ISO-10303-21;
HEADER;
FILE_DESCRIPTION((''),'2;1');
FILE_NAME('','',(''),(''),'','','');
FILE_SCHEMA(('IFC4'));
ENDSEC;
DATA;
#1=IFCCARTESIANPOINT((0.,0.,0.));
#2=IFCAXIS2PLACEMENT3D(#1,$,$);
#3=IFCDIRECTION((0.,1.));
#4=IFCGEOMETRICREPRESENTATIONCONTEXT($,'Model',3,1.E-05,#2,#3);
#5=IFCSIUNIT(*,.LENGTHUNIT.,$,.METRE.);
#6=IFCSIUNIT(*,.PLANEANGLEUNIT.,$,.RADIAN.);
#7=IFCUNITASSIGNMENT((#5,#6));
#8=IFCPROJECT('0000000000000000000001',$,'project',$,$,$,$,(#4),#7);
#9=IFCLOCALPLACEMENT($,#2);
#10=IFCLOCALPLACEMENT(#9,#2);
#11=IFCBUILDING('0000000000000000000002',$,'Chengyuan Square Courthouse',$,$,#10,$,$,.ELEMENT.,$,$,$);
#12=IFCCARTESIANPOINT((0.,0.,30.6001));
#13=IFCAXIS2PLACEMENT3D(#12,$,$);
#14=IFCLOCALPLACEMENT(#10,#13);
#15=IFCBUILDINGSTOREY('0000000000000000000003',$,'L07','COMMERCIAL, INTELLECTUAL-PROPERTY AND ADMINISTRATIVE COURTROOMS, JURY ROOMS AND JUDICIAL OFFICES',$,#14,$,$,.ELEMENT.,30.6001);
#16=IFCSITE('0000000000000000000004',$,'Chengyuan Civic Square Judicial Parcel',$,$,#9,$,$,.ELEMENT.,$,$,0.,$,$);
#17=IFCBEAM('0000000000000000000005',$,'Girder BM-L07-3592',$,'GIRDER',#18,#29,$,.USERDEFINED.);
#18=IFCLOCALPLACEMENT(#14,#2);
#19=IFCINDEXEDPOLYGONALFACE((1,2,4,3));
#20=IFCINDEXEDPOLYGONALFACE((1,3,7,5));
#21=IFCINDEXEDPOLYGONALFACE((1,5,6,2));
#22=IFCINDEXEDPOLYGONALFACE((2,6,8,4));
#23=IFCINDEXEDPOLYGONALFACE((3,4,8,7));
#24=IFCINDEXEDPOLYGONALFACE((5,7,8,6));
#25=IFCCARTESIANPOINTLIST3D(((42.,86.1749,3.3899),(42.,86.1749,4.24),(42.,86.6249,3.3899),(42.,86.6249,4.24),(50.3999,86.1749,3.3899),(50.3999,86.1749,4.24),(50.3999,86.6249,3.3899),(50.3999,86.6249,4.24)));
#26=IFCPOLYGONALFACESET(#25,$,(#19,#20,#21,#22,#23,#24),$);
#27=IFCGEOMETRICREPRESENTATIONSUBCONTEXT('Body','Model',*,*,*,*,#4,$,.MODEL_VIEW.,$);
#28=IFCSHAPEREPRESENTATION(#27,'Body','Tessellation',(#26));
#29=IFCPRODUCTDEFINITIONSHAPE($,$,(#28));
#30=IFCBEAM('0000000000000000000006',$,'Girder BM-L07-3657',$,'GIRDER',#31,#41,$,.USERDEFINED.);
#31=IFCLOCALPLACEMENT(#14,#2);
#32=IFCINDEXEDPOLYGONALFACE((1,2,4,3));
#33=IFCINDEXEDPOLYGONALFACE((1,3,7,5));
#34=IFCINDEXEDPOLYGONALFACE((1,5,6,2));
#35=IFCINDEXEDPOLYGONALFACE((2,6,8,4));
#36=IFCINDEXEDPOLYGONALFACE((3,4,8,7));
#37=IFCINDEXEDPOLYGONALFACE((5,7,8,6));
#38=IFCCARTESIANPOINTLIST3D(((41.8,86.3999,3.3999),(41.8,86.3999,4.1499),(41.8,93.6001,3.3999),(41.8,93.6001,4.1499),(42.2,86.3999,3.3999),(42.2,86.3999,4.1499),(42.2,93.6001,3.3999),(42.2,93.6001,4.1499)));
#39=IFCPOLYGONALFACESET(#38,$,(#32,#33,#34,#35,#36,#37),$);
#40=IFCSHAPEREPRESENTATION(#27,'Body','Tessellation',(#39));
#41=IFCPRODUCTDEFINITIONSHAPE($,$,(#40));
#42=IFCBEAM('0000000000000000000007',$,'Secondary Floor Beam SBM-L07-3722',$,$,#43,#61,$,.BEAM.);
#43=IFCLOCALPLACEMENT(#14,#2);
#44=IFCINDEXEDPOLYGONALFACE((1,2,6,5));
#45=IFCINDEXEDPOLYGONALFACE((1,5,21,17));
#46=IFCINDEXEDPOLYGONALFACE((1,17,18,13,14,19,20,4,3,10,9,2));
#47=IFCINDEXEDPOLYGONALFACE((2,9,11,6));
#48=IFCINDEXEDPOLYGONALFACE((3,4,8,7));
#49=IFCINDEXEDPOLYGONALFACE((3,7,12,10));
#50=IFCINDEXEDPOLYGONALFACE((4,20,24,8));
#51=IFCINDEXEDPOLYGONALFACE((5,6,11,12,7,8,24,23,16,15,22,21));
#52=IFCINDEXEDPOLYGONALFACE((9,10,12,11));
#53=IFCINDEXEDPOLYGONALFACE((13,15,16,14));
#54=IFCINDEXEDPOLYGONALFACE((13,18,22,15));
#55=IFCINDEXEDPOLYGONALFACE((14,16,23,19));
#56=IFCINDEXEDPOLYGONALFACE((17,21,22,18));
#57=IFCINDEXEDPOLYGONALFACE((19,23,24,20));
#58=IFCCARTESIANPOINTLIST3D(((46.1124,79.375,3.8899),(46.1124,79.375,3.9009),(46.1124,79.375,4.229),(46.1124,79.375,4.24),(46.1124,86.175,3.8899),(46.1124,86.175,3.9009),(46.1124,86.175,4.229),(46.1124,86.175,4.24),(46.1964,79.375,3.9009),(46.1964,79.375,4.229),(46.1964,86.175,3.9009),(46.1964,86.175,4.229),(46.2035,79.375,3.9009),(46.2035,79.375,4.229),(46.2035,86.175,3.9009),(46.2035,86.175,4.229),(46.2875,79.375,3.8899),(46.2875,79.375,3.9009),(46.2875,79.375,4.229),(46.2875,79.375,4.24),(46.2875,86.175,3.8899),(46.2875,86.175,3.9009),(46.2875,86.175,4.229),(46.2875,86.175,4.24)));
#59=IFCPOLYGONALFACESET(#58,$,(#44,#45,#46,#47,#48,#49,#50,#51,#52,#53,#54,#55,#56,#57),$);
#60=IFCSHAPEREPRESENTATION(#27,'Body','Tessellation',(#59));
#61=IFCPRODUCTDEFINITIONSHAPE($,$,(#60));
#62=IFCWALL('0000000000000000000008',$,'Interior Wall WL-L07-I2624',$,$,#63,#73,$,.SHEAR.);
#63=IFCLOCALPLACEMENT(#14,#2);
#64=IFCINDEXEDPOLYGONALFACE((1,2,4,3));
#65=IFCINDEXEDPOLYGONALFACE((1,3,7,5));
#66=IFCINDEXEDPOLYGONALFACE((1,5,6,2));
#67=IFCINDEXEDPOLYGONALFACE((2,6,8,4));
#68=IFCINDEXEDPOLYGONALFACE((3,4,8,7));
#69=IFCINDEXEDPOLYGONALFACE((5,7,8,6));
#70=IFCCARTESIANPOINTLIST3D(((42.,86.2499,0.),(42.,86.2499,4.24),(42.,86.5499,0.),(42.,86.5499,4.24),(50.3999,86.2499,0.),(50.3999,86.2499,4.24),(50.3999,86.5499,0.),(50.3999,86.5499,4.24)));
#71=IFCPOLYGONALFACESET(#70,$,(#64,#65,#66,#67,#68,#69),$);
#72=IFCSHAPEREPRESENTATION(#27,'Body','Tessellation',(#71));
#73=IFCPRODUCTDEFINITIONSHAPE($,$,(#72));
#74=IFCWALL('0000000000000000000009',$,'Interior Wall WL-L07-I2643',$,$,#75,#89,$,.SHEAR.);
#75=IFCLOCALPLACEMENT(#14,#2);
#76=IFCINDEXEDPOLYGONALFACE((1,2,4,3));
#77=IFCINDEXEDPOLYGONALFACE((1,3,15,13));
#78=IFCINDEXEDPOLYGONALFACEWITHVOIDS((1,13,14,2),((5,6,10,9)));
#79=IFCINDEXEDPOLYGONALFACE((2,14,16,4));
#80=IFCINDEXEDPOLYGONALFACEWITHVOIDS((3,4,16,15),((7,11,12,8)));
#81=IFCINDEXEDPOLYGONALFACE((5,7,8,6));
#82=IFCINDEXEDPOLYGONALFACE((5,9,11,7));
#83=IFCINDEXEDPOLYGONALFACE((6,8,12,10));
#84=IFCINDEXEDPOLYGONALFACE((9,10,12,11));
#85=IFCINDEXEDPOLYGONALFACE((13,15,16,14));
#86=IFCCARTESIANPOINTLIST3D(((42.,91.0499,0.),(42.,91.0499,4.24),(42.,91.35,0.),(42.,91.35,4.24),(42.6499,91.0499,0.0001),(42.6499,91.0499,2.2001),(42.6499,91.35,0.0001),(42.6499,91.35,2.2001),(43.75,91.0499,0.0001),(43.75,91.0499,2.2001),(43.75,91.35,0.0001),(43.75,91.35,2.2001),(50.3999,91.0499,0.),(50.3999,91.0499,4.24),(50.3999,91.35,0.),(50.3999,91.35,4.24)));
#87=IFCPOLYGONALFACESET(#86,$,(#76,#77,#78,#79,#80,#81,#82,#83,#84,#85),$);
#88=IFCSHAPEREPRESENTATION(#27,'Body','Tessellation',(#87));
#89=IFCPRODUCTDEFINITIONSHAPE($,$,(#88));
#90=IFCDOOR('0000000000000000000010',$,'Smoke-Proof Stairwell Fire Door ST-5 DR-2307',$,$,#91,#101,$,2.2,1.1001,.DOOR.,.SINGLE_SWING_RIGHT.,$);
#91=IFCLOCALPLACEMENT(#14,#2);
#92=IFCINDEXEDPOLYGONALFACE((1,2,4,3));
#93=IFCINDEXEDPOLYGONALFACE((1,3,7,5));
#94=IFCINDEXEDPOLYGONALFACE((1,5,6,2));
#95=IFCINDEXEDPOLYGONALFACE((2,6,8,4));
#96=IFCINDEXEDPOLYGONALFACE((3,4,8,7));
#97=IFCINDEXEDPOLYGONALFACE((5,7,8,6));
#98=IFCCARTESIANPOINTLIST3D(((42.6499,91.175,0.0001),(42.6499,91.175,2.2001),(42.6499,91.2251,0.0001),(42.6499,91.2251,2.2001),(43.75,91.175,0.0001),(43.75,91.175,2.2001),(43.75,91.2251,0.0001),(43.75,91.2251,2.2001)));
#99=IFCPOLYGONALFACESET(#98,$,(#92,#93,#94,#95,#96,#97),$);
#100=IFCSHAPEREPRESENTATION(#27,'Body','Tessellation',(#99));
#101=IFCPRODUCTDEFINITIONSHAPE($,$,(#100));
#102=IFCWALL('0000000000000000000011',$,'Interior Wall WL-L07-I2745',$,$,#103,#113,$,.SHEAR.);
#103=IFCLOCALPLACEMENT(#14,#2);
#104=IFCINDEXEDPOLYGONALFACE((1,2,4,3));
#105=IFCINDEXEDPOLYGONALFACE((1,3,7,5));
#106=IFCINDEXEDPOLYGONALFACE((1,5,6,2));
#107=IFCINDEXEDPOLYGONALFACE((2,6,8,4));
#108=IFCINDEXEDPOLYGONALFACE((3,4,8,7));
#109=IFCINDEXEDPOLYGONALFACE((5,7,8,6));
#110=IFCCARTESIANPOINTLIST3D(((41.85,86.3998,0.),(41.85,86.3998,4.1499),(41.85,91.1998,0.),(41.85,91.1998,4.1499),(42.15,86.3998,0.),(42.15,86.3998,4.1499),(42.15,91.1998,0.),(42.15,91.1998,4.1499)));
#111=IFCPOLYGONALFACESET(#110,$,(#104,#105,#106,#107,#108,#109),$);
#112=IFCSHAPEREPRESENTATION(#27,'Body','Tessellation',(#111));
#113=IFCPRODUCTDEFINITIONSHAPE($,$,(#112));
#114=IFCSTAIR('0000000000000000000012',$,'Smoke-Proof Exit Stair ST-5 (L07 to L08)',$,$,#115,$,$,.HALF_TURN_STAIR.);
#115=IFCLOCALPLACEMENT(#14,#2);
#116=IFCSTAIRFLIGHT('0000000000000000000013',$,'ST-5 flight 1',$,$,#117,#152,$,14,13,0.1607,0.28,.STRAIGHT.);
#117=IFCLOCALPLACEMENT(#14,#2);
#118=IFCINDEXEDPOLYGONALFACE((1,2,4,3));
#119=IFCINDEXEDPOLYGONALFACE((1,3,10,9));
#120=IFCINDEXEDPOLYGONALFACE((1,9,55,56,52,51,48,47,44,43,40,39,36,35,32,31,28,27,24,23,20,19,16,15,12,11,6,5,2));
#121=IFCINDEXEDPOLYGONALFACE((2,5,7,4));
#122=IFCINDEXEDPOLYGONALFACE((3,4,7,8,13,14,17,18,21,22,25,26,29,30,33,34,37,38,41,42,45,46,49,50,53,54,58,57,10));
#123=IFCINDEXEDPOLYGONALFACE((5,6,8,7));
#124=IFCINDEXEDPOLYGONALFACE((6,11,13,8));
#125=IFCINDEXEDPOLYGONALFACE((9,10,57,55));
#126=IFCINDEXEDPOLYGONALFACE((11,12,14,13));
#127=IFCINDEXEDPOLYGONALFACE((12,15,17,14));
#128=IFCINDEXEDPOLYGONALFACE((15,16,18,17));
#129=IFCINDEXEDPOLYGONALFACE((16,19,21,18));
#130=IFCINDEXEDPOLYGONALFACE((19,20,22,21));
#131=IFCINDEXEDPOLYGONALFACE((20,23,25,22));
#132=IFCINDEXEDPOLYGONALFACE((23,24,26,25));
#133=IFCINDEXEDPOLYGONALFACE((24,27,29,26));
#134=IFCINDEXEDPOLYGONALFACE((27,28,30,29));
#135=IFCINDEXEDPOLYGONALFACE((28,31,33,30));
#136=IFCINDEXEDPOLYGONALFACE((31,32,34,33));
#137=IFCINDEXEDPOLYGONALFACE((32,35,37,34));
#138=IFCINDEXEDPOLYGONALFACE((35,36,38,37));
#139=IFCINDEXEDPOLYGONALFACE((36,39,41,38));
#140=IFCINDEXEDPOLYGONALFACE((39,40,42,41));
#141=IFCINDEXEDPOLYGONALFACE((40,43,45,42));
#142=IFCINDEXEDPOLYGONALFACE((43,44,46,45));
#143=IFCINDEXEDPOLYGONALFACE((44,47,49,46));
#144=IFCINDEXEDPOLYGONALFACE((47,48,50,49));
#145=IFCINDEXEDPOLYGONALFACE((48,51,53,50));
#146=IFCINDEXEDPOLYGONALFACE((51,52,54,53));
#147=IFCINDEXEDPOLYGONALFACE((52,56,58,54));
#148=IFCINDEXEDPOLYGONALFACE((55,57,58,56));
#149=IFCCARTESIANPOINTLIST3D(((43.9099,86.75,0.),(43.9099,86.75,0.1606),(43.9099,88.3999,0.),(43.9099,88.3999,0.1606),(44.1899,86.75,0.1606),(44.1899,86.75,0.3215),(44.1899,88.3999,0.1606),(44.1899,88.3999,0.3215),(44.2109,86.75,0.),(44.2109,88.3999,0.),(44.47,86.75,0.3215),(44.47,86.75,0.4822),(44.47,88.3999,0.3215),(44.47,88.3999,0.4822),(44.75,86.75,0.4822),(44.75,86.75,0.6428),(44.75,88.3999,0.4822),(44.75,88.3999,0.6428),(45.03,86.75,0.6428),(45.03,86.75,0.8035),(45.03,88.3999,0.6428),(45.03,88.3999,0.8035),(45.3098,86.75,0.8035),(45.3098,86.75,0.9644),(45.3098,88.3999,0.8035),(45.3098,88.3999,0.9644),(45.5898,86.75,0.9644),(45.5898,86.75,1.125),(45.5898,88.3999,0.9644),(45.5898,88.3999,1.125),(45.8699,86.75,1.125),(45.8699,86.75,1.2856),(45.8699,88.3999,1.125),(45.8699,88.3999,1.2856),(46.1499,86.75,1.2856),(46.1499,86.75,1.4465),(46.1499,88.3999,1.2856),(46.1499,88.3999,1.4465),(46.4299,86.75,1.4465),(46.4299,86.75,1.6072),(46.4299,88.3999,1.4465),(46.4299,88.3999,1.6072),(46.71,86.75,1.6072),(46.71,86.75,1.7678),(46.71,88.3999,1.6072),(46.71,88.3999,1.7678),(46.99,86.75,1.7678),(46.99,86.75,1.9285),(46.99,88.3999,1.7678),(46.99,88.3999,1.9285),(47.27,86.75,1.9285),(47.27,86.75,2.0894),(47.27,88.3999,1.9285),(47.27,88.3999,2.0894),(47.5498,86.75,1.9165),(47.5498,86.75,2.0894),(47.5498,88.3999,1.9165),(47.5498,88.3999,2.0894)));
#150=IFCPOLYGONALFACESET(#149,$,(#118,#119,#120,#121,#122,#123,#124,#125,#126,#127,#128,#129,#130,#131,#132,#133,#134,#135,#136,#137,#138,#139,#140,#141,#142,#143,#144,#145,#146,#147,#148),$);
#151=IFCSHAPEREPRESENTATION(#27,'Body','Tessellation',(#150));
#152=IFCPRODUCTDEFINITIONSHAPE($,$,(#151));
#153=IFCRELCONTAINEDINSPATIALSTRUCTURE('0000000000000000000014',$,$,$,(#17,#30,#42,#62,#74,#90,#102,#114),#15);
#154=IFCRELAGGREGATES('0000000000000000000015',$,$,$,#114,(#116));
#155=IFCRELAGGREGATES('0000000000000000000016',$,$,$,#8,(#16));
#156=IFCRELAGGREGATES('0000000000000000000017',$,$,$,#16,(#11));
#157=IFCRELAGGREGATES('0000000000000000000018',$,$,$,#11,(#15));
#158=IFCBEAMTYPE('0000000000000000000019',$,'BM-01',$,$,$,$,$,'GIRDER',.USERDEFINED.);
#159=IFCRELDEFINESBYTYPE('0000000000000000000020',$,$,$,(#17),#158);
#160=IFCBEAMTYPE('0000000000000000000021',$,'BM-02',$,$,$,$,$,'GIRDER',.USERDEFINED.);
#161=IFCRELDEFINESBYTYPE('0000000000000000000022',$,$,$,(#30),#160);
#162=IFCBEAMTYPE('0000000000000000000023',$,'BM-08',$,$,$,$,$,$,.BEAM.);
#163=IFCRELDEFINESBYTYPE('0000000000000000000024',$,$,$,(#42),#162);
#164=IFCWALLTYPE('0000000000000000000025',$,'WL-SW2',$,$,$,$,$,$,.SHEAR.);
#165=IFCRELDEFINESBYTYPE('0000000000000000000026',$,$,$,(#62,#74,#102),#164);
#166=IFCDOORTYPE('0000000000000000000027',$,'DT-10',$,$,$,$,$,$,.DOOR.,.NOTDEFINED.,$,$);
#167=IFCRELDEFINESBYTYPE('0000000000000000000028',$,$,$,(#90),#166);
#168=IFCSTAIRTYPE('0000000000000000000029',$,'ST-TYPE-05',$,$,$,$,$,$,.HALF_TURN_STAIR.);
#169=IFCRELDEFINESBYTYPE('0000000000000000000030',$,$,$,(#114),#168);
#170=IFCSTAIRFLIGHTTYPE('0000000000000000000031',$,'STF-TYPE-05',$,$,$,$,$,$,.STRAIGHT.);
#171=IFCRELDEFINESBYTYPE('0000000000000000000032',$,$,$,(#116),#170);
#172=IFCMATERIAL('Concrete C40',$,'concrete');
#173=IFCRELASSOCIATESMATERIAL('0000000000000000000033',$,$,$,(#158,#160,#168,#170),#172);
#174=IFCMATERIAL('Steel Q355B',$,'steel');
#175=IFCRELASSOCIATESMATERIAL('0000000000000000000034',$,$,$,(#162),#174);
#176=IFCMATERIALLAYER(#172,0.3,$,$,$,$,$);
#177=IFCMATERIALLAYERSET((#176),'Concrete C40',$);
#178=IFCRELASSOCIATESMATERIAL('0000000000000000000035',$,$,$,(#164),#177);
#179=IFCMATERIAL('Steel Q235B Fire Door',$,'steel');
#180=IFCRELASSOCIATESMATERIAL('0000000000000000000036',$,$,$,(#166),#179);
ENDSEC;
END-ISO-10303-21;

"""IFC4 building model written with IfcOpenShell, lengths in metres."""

from ifc_helpers import new_model, si_unit, direction, frame, frame_2d, origin, origin_2d, place, context, subcontext, project, spatial, polyline, rectangle, i_section, outline, extrude, material, layer, layer_set, material_profile, profile_set, type_object, element, fill, aggregate, save


model = new_model("IFC4")

# Units and contexts
model_context = context("Model", 3, precision=1e-05, world=origin(), true_north=direction((0.0, 1.0)))
body_context = subcontext(model_context, "Body", "Model", "MODEL_VIEW")
ifc_project = project(units=[si_unit("LENGTHUNIT", "METRE"), si_unit("PLANEANGLEUNIT", "RADIAN")], contexts=[model_context])

# Site, building, storey
site_placement = place(None, origin())
site = spatial("IfcSite", under=ifc_project, at=site_placement, Name="Chengyuan Civic Square Judicial Parcel", CompositionType="ELEMENT", RefElevation=0.0)
building_placement = place(site_placement, origin())
building = spatial("IfcBuilding", under=site, at=building_placement, Name="Chengyuan Square Courthouse", CompositionType="ELEMENT")
storey_placement = place(building_placement, frame((0.0, 0.0, 30.6001)))
storey = spatial("IfcBuildingStorey", under=building, at=storey_placement, Name="L07", Description="COMMERCIAL, INTELLECTUAL-PROPERTY AND ADMINISTRATIVE COURTROOMS, JURY ROOMS AND JUDICIAL OFFICES", CompositionType="ELEMENT", Elevation=30.6001)

# Beams
ifc_material_1 = material(Name="Concrete C40", Category="concrete")
ifc_material_profile_1 = material_profile(ifc_material_1, rectangle(XDim=0.45, YDim=0.8501, at=origin_2d()), Name="RC-BM-450x850")
ifc_profile_set_1 = profile_set([ifc_material_profile_1], Name="Concrete C40")
beam_type_1 = type_object("IfcBeamType", Name="BM-01", ElementType="GIRDER", PredefinedType="USERDEFINED", material=ifc_profile_set_1)
beam_1_placement = place(storey_placement, frame((42.0, 86.3999, 3.8149), z_axis=(1.0, 0.0, 0.0), x_axis=(0.0, 1.0, 0.0)))
element("IfcBeam", 1, at=beam_1_placement, inside=storey, type_object=beam_type_1, Name="Girder BM-L07-3592", ObjectType="GIRDER", PredefinedType="USERDEFINED", context=body_context, shape_type="SweptSolid", body=[
    extrude(rectangle(XDim=0.45, YDim=0.8501, at=origin_2d()), origin(), (0.0, 0.0, 1.0), 8.3999),
])
ifc_material_profile_2 = material_profile(ifc_material_1, rectangle(XDim=0.3999, YDim=0.75, at=origin_2d()), Name="RC-BM-400x750")
ifc_profile_set_2 = profile_set([ifc_material_profile_2], Name="Concrete C40")
beam_type_2 = type_object("IfcBeamType", Name="BM-02", ElementType="GIRDER", PredefinedType="USERDEFINED", material=ifc_profile_set_2)
beam_2_placement = place(storey_placement, frame((42.0, 86.3999, 3.7749), z_axis=(0.0, 1.0, 0.0), x_axis=(-1.0, 0.0, 0.0)))
element("IfcBeam", 2, at=beam_2_placement, inside=storey, type_object=beam_type_2, Name="Girder BM-L07-3657", ObjectType="GIRDER", PredefinedType="USERDEFINED", context=body_context, shape_type="SweptSolid", body=[
    extrude(rectangle(XDim=0.3999, YDim=0.75, at=origin_2d()), origin(), (0.0, 0.0, 1.0), 7.2002),
])
ifc_material_2 = material(Name="Steel Q355B", Category="steel")
ifc_material_profile_3 = material_profile(ifc_material_2, i_section(OverallWidth=0.175, OverallDepth=0.3501, WebThickness=0.0071, FlangeThickness=0.011, at=origin_2d()), Name="HN 350x175x7x11")
ifc_profile_set_3 = profile_set([ifc_material_profile_3], Name="Steel Q355B")
beam_type_3 = type_object("IfcBeamType", Name="BM-08", PredefinedType="BEAM", material=ifc_profile_set_3)
beam_3_placement = place(storey_placement, frame((46.2, 79.375, 4.0649), z_axis=(0.0, 1.0, 0.0), x_axis=(-1.0, 0.0, 0.0)))
element("IfcBeam", 3, at=beam_3_placement, inside=storey, type_object=beam_type_3, Name="Secondary Floor Beam SBM-L07-3722", PredefinedType="BEAM", context=body_context, shape_type="SweptSolid", body=[
    extrude(i_section(OverallWidth=0.175, OverallDepth=0.3501, WebThickness=0.0071, FlangeThickness=0.011, at=origin_2d()), origin(), (0.0, 0.0, 1.0), 6.8),
])

# Wall
ifc_layer = layer(ifc_material_1, 0.3)
ifc_layer_set = layer_set([ifc_layer], Name="Concrete C40")
wall_type = type_object("IfcWallType", Name="WL-SW2", PredefinedType="SHEAR", material=ifc_layer_set)
wall_1_placement = place(storey_placement, frame((42.0, 86.3999, 0.0), z_axis=(0.0, 0.0, 1.0), x_axis=(1.0, 0.0, 0.0)))
element("IfcWall", 4, at=wall_1_placement, inside=storey, type_object=wall_type, Name="Interior Wall WL-L07-I2624", PredefinedType="SHEAR", context=body_context, shape_type="SweptSolid", body=[
    extrude(rectangle(XDim=8.3999, YDim=0.3, at=frame_2d((4.2, 0.0))), origin(), (0.0, 0.0, 1.0), 4.24),
])

# Wall, opening, door
wall_2_placement = place(storey_placement, frame((42.0, 91.2, 0.0), z_axis=(0.0, 0.0, 1.0), x_axis=(1.0, 0.0, 0.0)))
wall_2 = element("IfcWall", 5, at=wall_2_placement, inside=storey, type_object=wall_type, Name="Interior Wall WL-L07-I2643", PredefinedType="SHEAR", context=body_context, shape_type="SweptSolid", body=[
    extrude(rectangle(XDim=8.3999, YDim=0.3, at=frame_2d((4.2, 0.0))), origin(), (0.0, 0.0, 1.0), 4.24),
])
opening_placement = place(wall_2_placement, frame((0.6499, 0.0, 0.0)))
opening = element("IfcOpeningElement", 6, at=opening_placement, cuts=wall_2, PredefinedType="OPENING", context=body_context, shape_type="SweptSolid", body=[
    extrude(rectangle(XDim=1.1001, YDim=2.2, at=frame_2d((0.55, 1.1001))), frame((0.0, 0.1621, 0.0), z_axis=(0.0, -1.0, 0.0), x_axis=(1.0, 0.0, 0.0)), (0.0, 0.0, 1.0), 0.324),
])
ifc_material_3 = material(Name="Steel Q235B Fire Door", Category="steel")
door_type = type_object("IfcDoorType", Name="DT-10", OperationType="NOTDEFINED", PredefinedType="DOOR", material=ifc_material_3)
door_placement = place(opening_placement, frame((1.1001, 0.0, 0.0), z_axis=(0.0, 0.0, 1.0), x_axis=(-1.0, 0.0, 0.0)))
door = element("IfcDoor", 7, at=door_placement, inside=storey, type_object=door_type, Name="Smoke-Proof Stairwell Fire Door ST-5 DR-2307", OperationType="SINGLE_SWING_RIGHT", OverallHeight=2.2, OverallWidth=1.1001, PredefinedType="DOOR", context=body_context, shape_type="SweptSolid", body=[
    extrude(rectangle(XDim=1.1001, YDim=2.2, at=frame_2d((0.55, 1.1001))), frame((0.0, 0.0249, 0.0), z_axis=(0.0, -1.0, 0.0), x_axis=(1.0, 0.0, 0.0)), (0.0, 0.0, 1.0), 0.05),
])
fill(opening, door)

# Wall
wall_3_placement = place(storey_placement, frame((42.0, 86.3999, 0.0), z_axis=(0.0, 0.0, 1.0), x_axis=(0.0, 1.0, 0.0)))
element("IfcWall", 8, at=wall_3_placement, inside=storey, type_object=wall_type, Name="Interior Wall WL-L07-I2745", PredefinedType="SHEAR", context=body_context, shape_type="SweptSolid", body=[
    extrude(rectangle(XDim=4.8, YDim=0.3, at=frame_2d((2.3999, 0.0))), origin(), (0.0, 0.0, 1.0), 4.1499),
])

# Stair, stair flight
stair_type = type_object("IfcStairType", Name="ST-TYPE-05", PredefinedType="HALF_TURN_STAIR", material=ifc_material_1)
stair_placement = place(storey_placement, origin())
stair = element("IfcStair", 9, at=stair_placement, inside=storey, type_object=stair_type, Name="Smoke-Proof Exit Stair ST-5 (L07 to L08)", PredefinedType="HALF_TURN_STAIR")
stair_flight_type = type_object("IfcStairFlightType", Name="STF-TYPE-05", PredefinedType="STRAIGHT", material=ifc_material_1)
stair_flight_1_placement = place(storey_placement, frame((43.9099, 87.575, 0.0), z_axis=(0.0, 0.0, 1.0), x_axis=(1.0, 0.0, 0.0)))
stair_flight_1 = element("IfcStairFlight", 10, at=stair_flight_1_placement, type_object=stair_flight_type, Name="ST-5 flight 1", NumberOfRisers=14, NumberOfTreads=13, PredefinedType="STRAIGHT", RiserHeight=0.1607, TreadLength=0.28, context=body_context, shape_type="SweptSolid", body=[
    extrude(outline(polyline([(0.0, 0.0), (0.0, 0.1606), (0.28, 0.1606), (0.28, 0.3215), (0.5601, 0.3215), (0.5601, 0.4822), (0.8401, 0.4822), (0.8401, 0.6428), (1.1201, 0.6428), (1.1201, 0.8035), (1.3999, 0.8035), (1.3999, 0.9644), (1.6799, 0.9644), (1.6799, 1.125), (1.96, 1.125), (1.96, 1.2856), (2.24, 1.2856), (2.24, 1.4465), (2.52, 1.4465), (2.52, 1.6072), (2.8, 1.6072), (2.8, 1.7678), (3.0801, 1.7678), (3.0801, 1.9285), (3.3601, 1.9285), (3.3601, 2.0894), (3.6399, 2.0894), (3.6399, 2.25), (3.6399, 1.9165), (0.301, 0.0), (0.0, 0.0)])), frame((0.0, 0.825, 0.0), z_axis=(0.0, -1.0, 0.0), x_axis=(1.0, 0.0, 0.0)), (0.0, 0.0, 1.0), 1.6499),
])
aggregate(stair, [stair_flight_1])

save(model, "model.ifc")
